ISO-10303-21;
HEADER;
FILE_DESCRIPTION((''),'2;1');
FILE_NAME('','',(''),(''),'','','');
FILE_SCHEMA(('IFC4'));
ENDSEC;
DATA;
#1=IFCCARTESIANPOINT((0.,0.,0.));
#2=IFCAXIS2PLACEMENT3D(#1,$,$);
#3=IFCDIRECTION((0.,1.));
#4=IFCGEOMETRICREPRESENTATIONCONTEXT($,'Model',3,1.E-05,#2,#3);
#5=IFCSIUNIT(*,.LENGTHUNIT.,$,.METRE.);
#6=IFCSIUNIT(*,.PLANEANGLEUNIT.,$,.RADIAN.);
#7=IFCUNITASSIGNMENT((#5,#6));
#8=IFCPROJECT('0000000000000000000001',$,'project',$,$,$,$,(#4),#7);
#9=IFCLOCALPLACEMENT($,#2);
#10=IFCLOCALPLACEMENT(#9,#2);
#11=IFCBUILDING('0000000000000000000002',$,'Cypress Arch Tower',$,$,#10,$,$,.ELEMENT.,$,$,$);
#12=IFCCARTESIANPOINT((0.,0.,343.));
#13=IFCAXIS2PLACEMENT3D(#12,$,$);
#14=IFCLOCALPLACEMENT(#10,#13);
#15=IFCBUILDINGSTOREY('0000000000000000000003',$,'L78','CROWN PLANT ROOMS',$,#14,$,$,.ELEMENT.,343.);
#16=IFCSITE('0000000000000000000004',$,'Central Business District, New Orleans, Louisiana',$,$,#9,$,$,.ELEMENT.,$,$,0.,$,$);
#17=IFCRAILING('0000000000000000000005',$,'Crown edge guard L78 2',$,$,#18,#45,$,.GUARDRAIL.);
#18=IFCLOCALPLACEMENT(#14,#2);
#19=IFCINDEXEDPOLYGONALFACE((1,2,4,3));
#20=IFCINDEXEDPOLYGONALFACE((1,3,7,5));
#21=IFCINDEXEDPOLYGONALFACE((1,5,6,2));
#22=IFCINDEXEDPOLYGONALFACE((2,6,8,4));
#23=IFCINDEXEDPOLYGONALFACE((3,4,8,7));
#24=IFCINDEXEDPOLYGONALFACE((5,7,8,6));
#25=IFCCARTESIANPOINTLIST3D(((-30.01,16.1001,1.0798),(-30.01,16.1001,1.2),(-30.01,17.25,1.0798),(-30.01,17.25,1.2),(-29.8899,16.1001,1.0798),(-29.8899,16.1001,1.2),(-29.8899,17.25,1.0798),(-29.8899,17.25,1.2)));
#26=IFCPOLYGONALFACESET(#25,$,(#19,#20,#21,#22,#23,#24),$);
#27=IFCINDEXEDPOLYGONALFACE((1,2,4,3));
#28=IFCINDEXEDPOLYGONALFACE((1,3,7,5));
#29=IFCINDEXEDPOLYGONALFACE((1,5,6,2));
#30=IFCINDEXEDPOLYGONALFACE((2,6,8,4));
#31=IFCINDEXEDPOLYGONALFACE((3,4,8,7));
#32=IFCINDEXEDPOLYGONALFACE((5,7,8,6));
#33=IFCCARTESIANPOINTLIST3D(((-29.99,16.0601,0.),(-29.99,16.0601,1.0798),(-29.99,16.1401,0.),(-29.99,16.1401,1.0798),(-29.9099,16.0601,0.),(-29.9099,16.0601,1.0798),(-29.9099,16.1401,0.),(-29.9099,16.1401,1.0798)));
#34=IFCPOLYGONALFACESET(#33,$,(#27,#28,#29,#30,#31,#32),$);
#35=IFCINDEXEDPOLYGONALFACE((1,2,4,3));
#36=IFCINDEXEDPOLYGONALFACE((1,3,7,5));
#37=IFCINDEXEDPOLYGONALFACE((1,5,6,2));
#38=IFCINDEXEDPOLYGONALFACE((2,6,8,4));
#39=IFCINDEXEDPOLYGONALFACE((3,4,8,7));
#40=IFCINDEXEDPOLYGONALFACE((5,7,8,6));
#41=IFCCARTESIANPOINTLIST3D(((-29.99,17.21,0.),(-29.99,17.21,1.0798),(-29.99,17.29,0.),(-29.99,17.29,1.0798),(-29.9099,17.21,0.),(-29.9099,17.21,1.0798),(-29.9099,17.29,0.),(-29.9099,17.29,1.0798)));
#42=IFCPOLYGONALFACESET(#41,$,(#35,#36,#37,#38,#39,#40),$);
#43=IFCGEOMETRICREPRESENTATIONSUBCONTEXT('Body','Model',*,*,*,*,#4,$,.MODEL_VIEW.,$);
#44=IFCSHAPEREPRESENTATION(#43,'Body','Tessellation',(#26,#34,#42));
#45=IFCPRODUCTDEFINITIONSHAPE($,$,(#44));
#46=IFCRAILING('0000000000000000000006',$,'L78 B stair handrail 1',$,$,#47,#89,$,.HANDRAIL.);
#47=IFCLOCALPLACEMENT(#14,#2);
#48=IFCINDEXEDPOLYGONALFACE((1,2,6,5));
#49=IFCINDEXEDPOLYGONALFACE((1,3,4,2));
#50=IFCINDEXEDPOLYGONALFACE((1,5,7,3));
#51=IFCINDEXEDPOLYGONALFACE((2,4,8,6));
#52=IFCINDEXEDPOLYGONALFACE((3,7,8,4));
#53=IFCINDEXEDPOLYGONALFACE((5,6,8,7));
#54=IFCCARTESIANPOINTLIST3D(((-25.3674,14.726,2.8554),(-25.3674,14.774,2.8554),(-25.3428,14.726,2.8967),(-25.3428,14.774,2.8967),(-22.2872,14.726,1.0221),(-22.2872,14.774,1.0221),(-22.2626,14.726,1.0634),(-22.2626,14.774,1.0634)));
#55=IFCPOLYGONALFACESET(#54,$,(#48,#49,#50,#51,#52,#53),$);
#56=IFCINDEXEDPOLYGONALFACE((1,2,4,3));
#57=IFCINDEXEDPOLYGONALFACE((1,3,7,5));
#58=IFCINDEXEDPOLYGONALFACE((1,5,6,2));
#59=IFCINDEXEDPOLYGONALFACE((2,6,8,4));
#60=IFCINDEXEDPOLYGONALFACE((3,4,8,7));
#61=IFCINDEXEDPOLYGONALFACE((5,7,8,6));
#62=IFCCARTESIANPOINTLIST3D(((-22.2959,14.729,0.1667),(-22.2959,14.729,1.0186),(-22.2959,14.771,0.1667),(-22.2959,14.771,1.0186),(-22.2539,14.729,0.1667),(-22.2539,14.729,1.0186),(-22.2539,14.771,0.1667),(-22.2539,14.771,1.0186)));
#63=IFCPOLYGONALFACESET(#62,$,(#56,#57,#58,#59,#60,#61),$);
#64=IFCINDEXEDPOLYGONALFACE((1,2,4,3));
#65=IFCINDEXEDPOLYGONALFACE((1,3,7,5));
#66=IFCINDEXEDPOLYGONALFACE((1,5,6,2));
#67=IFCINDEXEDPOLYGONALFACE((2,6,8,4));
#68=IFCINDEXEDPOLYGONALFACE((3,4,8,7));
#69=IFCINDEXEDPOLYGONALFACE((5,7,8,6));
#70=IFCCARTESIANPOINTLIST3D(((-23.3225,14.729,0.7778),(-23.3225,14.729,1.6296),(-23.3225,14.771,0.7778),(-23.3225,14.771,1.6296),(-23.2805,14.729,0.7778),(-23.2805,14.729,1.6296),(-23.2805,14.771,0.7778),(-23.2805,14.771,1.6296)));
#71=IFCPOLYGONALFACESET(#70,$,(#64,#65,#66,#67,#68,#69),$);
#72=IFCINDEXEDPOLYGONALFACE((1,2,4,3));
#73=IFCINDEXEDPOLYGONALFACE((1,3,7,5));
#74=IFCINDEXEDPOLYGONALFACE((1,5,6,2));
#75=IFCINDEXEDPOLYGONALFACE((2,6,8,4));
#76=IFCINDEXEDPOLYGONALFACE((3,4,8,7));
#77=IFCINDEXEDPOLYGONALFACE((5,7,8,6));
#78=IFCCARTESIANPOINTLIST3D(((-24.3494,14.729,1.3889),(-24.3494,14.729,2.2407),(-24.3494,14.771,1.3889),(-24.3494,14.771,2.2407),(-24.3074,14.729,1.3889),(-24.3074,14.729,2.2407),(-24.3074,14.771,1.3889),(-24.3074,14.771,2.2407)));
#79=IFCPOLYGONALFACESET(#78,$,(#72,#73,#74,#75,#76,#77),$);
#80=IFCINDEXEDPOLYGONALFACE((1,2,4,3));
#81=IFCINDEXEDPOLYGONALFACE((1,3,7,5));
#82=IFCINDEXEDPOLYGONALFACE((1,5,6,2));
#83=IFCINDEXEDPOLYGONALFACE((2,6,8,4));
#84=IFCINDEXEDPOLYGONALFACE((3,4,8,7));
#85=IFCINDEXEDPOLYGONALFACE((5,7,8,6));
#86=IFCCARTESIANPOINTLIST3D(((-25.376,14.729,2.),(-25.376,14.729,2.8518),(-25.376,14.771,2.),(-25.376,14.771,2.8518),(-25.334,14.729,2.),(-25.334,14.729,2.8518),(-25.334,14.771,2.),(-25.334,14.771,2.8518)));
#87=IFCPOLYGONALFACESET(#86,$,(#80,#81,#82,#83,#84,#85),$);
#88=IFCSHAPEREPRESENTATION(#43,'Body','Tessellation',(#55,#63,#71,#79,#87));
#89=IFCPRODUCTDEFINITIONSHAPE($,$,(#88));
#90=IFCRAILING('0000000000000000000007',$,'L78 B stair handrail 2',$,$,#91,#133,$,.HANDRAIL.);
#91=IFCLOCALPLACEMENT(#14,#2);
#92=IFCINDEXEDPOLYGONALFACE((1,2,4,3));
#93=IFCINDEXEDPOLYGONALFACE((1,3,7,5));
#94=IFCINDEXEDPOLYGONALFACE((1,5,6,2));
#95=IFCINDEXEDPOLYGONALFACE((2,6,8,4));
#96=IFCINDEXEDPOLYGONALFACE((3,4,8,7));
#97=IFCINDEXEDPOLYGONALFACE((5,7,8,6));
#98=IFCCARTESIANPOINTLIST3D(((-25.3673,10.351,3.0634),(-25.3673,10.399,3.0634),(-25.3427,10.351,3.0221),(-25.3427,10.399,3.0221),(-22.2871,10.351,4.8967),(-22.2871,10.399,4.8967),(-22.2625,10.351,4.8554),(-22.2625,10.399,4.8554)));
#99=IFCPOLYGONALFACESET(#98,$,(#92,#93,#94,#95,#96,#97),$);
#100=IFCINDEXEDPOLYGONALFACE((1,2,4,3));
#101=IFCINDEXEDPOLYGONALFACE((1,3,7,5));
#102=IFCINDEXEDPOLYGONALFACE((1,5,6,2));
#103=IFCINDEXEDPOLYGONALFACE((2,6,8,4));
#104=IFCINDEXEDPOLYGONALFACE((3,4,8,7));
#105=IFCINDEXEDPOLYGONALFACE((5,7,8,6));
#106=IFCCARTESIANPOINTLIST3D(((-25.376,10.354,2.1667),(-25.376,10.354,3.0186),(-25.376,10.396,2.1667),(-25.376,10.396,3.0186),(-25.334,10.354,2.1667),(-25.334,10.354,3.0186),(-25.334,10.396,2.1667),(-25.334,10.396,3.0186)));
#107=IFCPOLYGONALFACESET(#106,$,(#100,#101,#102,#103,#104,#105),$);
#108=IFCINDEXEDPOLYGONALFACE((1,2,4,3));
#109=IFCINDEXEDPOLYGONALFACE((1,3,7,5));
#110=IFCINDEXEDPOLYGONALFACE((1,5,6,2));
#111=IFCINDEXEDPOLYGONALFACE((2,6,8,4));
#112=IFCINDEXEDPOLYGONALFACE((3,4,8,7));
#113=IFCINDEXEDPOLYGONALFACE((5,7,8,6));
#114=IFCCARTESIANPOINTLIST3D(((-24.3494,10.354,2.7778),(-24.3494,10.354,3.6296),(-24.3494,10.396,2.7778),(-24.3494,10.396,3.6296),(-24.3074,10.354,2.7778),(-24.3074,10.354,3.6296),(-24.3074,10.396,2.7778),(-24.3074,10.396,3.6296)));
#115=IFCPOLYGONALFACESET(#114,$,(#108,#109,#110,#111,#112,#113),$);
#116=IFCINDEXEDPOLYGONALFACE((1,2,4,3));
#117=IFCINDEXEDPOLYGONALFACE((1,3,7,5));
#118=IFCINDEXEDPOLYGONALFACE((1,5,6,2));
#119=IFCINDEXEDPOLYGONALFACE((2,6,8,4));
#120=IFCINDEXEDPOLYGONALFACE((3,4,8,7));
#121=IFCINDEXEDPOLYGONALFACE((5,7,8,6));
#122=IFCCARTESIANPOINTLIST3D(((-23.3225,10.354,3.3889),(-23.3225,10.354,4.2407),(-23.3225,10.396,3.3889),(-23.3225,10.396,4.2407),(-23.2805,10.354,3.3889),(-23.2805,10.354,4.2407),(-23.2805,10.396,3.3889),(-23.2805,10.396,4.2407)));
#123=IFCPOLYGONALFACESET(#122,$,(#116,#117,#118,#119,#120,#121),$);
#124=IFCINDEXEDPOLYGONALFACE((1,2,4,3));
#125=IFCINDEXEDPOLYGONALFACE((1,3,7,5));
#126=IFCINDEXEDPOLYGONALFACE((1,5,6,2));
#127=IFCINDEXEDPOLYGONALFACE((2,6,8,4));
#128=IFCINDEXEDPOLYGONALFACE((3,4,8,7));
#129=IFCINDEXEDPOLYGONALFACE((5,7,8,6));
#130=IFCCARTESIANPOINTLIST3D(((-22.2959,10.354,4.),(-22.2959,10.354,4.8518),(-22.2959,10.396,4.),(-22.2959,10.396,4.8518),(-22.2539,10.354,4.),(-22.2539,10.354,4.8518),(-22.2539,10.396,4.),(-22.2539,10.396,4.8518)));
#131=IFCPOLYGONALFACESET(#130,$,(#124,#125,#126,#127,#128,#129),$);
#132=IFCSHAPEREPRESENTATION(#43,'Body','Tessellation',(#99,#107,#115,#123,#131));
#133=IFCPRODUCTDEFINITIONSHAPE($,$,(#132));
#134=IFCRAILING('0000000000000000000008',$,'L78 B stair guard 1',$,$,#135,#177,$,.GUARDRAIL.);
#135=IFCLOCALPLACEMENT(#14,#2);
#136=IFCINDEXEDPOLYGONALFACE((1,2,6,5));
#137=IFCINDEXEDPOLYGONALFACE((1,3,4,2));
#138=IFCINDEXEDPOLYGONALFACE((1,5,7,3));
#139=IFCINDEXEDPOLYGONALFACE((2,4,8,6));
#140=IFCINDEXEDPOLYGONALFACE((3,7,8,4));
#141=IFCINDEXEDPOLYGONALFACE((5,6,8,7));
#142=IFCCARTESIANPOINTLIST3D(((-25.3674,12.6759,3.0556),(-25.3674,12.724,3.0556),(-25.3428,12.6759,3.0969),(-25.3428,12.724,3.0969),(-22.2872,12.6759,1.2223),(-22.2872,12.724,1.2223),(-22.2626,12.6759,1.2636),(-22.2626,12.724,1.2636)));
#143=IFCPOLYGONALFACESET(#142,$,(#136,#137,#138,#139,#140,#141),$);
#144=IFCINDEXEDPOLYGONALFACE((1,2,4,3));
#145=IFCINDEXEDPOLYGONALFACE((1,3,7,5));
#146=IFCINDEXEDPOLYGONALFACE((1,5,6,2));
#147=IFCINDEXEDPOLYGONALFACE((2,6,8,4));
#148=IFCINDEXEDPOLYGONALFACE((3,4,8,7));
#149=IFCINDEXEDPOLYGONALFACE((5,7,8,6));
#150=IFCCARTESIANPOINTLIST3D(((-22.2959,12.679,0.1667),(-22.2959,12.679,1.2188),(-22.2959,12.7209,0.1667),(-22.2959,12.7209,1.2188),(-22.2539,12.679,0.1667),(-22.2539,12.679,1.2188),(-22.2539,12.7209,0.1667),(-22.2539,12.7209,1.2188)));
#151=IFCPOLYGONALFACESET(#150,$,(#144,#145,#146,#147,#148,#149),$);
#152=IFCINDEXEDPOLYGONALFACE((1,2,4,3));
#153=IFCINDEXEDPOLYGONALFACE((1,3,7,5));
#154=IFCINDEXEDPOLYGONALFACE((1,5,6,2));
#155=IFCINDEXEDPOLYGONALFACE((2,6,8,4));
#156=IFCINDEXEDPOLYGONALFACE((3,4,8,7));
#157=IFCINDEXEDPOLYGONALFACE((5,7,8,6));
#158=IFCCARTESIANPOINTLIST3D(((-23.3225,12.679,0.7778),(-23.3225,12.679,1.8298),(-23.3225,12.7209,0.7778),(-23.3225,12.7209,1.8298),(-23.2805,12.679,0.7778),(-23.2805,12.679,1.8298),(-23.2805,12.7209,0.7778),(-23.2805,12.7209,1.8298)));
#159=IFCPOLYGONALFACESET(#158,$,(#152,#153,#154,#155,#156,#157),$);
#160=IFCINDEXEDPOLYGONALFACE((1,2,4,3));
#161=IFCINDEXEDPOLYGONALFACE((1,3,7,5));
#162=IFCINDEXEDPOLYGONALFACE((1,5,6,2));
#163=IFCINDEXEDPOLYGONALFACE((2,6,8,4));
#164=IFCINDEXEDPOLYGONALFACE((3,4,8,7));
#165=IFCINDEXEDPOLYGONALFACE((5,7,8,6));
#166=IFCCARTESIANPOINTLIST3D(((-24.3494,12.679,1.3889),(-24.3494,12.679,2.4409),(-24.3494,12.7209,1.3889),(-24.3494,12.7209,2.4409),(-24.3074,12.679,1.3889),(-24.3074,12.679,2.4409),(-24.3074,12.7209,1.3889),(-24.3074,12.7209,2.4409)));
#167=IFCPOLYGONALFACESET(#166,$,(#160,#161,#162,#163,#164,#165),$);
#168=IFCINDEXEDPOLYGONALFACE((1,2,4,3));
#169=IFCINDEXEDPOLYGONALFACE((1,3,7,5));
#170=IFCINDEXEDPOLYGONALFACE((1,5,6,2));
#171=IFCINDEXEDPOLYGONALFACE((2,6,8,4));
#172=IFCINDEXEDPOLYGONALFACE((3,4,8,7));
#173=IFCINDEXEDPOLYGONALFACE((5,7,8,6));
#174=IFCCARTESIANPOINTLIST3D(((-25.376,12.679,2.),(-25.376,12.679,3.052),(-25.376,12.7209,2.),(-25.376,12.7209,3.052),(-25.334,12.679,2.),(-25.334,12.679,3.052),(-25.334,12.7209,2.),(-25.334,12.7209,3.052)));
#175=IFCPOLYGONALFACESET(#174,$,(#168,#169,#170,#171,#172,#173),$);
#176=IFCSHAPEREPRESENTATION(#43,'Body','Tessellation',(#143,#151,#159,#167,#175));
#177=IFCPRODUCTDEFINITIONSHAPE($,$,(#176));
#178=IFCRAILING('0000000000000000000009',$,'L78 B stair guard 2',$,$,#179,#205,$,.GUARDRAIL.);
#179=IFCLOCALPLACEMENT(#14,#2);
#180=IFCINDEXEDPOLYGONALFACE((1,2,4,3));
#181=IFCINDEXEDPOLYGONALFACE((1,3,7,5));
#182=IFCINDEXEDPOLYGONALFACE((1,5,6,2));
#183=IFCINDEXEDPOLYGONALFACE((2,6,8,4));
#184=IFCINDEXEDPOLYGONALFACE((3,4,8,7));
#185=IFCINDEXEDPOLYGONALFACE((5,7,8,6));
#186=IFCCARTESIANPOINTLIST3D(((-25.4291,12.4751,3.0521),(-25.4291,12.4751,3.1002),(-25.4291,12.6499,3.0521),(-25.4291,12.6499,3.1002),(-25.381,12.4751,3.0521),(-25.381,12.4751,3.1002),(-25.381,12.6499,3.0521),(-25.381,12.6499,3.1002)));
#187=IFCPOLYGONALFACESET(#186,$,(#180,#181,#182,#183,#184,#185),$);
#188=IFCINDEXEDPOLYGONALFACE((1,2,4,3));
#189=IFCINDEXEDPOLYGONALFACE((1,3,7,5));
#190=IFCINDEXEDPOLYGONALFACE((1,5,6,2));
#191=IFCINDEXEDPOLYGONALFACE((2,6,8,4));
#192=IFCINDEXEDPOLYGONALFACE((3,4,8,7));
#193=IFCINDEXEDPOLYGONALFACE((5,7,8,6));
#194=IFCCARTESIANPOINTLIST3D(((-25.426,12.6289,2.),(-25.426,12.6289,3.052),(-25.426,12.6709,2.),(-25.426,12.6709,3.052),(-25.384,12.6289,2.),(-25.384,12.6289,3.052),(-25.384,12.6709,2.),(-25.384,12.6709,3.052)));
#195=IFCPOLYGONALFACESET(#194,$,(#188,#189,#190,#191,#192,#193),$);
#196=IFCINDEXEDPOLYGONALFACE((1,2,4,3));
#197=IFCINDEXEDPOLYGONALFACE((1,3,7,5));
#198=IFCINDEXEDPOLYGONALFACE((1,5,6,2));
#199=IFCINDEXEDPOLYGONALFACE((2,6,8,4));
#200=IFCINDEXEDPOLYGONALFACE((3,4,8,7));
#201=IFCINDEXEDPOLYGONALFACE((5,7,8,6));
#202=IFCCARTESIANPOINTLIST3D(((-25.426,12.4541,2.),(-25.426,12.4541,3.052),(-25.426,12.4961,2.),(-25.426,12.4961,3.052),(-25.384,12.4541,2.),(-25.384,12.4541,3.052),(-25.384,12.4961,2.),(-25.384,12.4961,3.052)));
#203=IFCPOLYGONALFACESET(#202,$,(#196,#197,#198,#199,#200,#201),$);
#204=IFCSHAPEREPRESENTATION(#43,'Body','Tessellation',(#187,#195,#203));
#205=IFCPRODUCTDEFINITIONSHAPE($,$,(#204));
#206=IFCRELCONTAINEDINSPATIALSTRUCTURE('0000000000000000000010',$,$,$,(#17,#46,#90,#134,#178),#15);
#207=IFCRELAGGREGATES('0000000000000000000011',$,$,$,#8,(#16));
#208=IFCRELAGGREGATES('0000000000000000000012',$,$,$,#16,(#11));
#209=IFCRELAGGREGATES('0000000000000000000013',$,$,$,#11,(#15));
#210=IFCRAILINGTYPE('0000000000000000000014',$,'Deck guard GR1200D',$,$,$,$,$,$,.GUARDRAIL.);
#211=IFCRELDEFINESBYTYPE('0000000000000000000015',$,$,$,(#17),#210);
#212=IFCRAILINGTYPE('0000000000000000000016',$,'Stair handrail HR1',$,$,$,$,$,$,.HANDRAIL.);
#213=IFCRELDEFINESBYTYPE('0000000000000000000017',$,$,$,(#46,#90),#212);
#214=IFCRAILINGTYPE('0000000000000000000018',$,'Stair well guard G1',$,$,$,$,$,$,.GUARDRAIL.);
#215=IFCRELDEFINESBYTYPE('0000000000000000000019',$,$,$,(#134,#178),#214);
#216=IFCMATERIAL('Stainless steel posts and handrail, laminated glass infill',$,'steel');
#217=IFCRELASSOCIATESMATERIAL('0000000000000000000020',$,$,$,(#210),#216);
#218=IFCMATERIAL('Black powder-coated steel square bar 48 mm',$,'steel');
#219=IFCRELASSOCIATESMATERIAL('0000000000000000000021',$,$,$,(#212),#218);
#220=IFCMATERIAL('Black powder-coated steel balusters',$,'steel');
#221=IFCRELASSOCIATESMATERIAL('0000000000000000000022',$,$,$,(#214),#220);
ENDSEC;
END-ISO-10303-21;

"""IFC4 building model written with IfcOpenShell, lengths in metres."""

from ifc_helpers import new_model, si_unit, direction, frame, origin, origin_2d, place, context, subcontext, project, spatial, rectangle, extrude, material, type_object, element, save


model = new_model("IFC4")

# Units and contexts
model_context = context("Model", 3, precision=1e-05, world=origin(), true_north=direction((0.0, 1.0)))
body_context = subcontext(model_context, "Body", "Model", "MODEL_VIEW")
ifc_project = project(units=[si_unit("LENGTHUNIT", "METRE"), si_unit("PLANEANGLEUNIT", "RADIAN")], contexts=[model_context])

# Site, building, storey
site_placement = place(None, origin())
site = spatial("IfcSite", under=ifc_project, at=site_placement, Name="Central Business District, New Orleans, Louisiana", CompositionType="ELEMENT", RefElevation=0.0)
building_placement = place(site_placement, origin())
building = spatial("IfcBuilding", under=site, at=building_placement, Name="Cypress Arch Tower", CompositionType="ELEMENT")
storey_placement = place(building_placement, frame((0.0, 0.0, 343.0)))
storey = spatial("IfcBuildingStorey", under=building, at=storey_placement, Name="L78", Description="CROWN PLANT ROOMS", CompositionType="ELEMENT", Elevation=343.0)

# Railings
ifc_material_1 = material(Name="Stainless steel posts and handrail, laminated glass infill", Category="steel")
railing_type_1 = type_object("IfcRailingType", Name="Deck guard GR1200D", PredefinedType="GUARDRAIL", material=ifc_material_1)
railing_1_placement = place(storey_placement, frame((-29.95, 16.1001, 0.0)))
element("IfcRailing", 1, at=railing_1_placement, inside=storey, type_object=railing_type_1, Name="Crown edge guard L78 2", PredefinedType="GUARDRAIL", context=body_context, shape_type="SweptSolid", body=[
    extrude(rectangle(XDim=0.1201, YDim=0.1201, at=origin_2d()), frame((0.0, 0.0, 1.1399), z_axis=(0.0, 1.0, 0.0), x_axis=(-1.0, 0.0, 0.0)), (0.0, 0.0, 1.0), 1.1499),
    extrude(rectangle(XDim=0.0801, YDim=0.0801, at=origin_2d()), origin(), (0.0, 0.0, 1.0), 1.0798),
    extrude(rectangle(XDim=0.0801, YDim=0.0801, at=origin_2d()), frame((0.0, 1.1499, 0.0)), (0.0, 0.0, 1.0), 1.0798),
])
ifc_material_2 = material(Name="Black powder-coated steel square bar 48 mm", Category="steel")
railing_type_2 = type_object("IfcRailingType", Name="Stair handrail HR1", PredefinedType="HANDRAIL", material=ifc_material_2)
railing_2_placement = place(storey_placement, frame((-22.2749, 14.75, 0.1667)))
element("IfcRailing", 2, at=railing_2_placement, inside=storey, type_object=railing_type_2, Name="L78 B stair handrail 1", PredefinedType="HANDRAIL", context=body_context, shape_type="SweptSolid", body=[
    extrude(rectangle(XDim=0.0481, YDim=0.0481, at=origin_2d()), frame((0.0, 0.0, 0.876), z_axis=(-0.859309, 0.0, 0.511458), x_axis=(0.0, -1.0, 0.0)), (0.0, 0.0, 1.0), 3.5845),
    extrude(rectangle(XDim=0.042, YDim=0.042, at=origin_2d()), origin(), (0.0, 0.0, 1.0), 0.8518),
    extrude(rectangle(XDim=0.042, YDim=0.042, at=origin_2d()), frame((-1.0266, 0.0, 0.6111)), (0.0, 0.0, 1.0), 0.8518),
    extrude(rectangle(XDim=0.042, YDim=0.042, at=origin_2d()), frame((-2.0535, 0.0, 1.2222)), (0.0, 0.0, 1.0), 0.8518),
    extrude(rectangle(XDim=0.042, YDim=0.042, at=origin_2d()), frame((-3.0801, 0.0, 1.8333)), (0.0, 0.0, 1.0), 0.8518),
])
railing_3_placement = place(storey_placement, frame((-25.355, 10.375, 2.1667)))
element("IfcRailing", 3, at=railing_3_placement, inside=storey, type_object=railing_type_2, Name="L78 B stair handrail 2", PredefinedType="HANDRAIL", context=body_context, shape_type="SweptSolid", body=[
    extrude(rectangle(XDim=0.0481, YDim=0.0481, at=origin_2d()), frame((0.0, 0.0, 0.876), z_axis=(0.859309, 0.0, 0.511458), x_axis=(0.0, 1.0, 0.0)), (0.0, 0.0, 1.0), 3.5845),
    extrude(rectangle(XDim=0.042, YDim=0.042, at=origin_2d()), origin(), (0.0, 0.0, 1.0), 0.8518),
    extrude(rectangle(XDim=0.042, YDim=0.042, at=origin_2d()), frame((1.0266, 0.0, 0.6111)), (0.0, 0.0, 1.0), 0.8518),
    extrude(rectangle(XDim=0.042, YDim=0.042, at=origin_2d()), frame((2.0535, 0.0, 1.2222)), (0.0, 0.0, 1.0), 0.8518),
    extrude(rectangle(XDim=0.042, YDim=0.042, at=origin_2d()), frame((3.0801, 0.0, 1.8333)), (0.0, 0.0, 1.0), 0.8518),
])
ifc_material_3 = material(Name="Black powder-coated steel balusters", Category="steel")
railing_type_3 = type_object("IfcRailingType", Name="Stair well guard G1", PredefinedType="GUARDRAIL", material=ifc_material_3)
railing_4_placement = place(storey_placement, frame((-22.2749, 12.7, 0.1667)))
element("IfcRailing", 4, at=railing_4_placement, inside=storey, type_object=railing_type_3, Name="L78 B stair guard 1", PredefinedType="GUARDRAIL", context=body_context, shape_type="SweptSolid", body=[
    extrude(rectangle(XDim=0.0481, YDim=0.0481, at=origin_2d()), frame((0.0, 0.0, 1.0762), z_axis=(-0.859309, 0.0, 0.511458), x_axis=(0.0, -1.0, 0.0)), (0.0, 0.0, 1.0), 3.5845),
    extrude(rectangle(XDim=0.042, YDim=0.042, at=origin_2d()), origin(), (0.0, 0.0, 1.0), 1.052),
    extrude(rectangle(XDim=0.042, YDim=0.042, at=origin_2d()), frame((-1.0266, 0.0, 0.6111)), (0.0, 0.0, 1.0), 1.052),
    extrude(rectangle(XDim=0.042, YDim=0.042, at=origin_2d()), frame((-2.0535, 0.0, 1.2222)), (0.0, 0.0, 1.0), 1.052),
    extrude(rectangle(XDim=0.042, YDim=0.042, at=origin_2d()), frame((-3.0801, 0.0, 1.8333)), (0.0, 0.0, 1.0), 1.052),
])
railing_5_placement = place(storey_placement, frame((-25.405, 12.6499, 2.0)))
element("IfcRailing", 5, at=railing_5_placement, inside=storey, type_object=railing_type_3, Name="L78 B stair guard 2", PredefinedType="GUARDRAIL", context=body_context, shape_type="SweptSolid", body=[
    extrude(rectangle(XDim=0.0481, YDim=0.0481, at=origin_2d()), frame((0.0, 0.0, 1.0762), z_axis=(0.0, -1.0, 0.0), x_axis=(1.0, 0.0, 0.0)), (0.0, 0.0, 1.0), 0.1748),
    extrude(rectangle(XDim=0.042, YDim=0.042, at=origin_2d()), origin(), (0.0, 0.0, 1.0), 1.052),
    extrude(rectangle(XDim=0.042, YDim=0.042, at=origin_2d()), frame((0.0, -0.1748, 0.0)), (0.0, 0.0, 1.0), 1.052),
])

save(model, "model.ifc")
